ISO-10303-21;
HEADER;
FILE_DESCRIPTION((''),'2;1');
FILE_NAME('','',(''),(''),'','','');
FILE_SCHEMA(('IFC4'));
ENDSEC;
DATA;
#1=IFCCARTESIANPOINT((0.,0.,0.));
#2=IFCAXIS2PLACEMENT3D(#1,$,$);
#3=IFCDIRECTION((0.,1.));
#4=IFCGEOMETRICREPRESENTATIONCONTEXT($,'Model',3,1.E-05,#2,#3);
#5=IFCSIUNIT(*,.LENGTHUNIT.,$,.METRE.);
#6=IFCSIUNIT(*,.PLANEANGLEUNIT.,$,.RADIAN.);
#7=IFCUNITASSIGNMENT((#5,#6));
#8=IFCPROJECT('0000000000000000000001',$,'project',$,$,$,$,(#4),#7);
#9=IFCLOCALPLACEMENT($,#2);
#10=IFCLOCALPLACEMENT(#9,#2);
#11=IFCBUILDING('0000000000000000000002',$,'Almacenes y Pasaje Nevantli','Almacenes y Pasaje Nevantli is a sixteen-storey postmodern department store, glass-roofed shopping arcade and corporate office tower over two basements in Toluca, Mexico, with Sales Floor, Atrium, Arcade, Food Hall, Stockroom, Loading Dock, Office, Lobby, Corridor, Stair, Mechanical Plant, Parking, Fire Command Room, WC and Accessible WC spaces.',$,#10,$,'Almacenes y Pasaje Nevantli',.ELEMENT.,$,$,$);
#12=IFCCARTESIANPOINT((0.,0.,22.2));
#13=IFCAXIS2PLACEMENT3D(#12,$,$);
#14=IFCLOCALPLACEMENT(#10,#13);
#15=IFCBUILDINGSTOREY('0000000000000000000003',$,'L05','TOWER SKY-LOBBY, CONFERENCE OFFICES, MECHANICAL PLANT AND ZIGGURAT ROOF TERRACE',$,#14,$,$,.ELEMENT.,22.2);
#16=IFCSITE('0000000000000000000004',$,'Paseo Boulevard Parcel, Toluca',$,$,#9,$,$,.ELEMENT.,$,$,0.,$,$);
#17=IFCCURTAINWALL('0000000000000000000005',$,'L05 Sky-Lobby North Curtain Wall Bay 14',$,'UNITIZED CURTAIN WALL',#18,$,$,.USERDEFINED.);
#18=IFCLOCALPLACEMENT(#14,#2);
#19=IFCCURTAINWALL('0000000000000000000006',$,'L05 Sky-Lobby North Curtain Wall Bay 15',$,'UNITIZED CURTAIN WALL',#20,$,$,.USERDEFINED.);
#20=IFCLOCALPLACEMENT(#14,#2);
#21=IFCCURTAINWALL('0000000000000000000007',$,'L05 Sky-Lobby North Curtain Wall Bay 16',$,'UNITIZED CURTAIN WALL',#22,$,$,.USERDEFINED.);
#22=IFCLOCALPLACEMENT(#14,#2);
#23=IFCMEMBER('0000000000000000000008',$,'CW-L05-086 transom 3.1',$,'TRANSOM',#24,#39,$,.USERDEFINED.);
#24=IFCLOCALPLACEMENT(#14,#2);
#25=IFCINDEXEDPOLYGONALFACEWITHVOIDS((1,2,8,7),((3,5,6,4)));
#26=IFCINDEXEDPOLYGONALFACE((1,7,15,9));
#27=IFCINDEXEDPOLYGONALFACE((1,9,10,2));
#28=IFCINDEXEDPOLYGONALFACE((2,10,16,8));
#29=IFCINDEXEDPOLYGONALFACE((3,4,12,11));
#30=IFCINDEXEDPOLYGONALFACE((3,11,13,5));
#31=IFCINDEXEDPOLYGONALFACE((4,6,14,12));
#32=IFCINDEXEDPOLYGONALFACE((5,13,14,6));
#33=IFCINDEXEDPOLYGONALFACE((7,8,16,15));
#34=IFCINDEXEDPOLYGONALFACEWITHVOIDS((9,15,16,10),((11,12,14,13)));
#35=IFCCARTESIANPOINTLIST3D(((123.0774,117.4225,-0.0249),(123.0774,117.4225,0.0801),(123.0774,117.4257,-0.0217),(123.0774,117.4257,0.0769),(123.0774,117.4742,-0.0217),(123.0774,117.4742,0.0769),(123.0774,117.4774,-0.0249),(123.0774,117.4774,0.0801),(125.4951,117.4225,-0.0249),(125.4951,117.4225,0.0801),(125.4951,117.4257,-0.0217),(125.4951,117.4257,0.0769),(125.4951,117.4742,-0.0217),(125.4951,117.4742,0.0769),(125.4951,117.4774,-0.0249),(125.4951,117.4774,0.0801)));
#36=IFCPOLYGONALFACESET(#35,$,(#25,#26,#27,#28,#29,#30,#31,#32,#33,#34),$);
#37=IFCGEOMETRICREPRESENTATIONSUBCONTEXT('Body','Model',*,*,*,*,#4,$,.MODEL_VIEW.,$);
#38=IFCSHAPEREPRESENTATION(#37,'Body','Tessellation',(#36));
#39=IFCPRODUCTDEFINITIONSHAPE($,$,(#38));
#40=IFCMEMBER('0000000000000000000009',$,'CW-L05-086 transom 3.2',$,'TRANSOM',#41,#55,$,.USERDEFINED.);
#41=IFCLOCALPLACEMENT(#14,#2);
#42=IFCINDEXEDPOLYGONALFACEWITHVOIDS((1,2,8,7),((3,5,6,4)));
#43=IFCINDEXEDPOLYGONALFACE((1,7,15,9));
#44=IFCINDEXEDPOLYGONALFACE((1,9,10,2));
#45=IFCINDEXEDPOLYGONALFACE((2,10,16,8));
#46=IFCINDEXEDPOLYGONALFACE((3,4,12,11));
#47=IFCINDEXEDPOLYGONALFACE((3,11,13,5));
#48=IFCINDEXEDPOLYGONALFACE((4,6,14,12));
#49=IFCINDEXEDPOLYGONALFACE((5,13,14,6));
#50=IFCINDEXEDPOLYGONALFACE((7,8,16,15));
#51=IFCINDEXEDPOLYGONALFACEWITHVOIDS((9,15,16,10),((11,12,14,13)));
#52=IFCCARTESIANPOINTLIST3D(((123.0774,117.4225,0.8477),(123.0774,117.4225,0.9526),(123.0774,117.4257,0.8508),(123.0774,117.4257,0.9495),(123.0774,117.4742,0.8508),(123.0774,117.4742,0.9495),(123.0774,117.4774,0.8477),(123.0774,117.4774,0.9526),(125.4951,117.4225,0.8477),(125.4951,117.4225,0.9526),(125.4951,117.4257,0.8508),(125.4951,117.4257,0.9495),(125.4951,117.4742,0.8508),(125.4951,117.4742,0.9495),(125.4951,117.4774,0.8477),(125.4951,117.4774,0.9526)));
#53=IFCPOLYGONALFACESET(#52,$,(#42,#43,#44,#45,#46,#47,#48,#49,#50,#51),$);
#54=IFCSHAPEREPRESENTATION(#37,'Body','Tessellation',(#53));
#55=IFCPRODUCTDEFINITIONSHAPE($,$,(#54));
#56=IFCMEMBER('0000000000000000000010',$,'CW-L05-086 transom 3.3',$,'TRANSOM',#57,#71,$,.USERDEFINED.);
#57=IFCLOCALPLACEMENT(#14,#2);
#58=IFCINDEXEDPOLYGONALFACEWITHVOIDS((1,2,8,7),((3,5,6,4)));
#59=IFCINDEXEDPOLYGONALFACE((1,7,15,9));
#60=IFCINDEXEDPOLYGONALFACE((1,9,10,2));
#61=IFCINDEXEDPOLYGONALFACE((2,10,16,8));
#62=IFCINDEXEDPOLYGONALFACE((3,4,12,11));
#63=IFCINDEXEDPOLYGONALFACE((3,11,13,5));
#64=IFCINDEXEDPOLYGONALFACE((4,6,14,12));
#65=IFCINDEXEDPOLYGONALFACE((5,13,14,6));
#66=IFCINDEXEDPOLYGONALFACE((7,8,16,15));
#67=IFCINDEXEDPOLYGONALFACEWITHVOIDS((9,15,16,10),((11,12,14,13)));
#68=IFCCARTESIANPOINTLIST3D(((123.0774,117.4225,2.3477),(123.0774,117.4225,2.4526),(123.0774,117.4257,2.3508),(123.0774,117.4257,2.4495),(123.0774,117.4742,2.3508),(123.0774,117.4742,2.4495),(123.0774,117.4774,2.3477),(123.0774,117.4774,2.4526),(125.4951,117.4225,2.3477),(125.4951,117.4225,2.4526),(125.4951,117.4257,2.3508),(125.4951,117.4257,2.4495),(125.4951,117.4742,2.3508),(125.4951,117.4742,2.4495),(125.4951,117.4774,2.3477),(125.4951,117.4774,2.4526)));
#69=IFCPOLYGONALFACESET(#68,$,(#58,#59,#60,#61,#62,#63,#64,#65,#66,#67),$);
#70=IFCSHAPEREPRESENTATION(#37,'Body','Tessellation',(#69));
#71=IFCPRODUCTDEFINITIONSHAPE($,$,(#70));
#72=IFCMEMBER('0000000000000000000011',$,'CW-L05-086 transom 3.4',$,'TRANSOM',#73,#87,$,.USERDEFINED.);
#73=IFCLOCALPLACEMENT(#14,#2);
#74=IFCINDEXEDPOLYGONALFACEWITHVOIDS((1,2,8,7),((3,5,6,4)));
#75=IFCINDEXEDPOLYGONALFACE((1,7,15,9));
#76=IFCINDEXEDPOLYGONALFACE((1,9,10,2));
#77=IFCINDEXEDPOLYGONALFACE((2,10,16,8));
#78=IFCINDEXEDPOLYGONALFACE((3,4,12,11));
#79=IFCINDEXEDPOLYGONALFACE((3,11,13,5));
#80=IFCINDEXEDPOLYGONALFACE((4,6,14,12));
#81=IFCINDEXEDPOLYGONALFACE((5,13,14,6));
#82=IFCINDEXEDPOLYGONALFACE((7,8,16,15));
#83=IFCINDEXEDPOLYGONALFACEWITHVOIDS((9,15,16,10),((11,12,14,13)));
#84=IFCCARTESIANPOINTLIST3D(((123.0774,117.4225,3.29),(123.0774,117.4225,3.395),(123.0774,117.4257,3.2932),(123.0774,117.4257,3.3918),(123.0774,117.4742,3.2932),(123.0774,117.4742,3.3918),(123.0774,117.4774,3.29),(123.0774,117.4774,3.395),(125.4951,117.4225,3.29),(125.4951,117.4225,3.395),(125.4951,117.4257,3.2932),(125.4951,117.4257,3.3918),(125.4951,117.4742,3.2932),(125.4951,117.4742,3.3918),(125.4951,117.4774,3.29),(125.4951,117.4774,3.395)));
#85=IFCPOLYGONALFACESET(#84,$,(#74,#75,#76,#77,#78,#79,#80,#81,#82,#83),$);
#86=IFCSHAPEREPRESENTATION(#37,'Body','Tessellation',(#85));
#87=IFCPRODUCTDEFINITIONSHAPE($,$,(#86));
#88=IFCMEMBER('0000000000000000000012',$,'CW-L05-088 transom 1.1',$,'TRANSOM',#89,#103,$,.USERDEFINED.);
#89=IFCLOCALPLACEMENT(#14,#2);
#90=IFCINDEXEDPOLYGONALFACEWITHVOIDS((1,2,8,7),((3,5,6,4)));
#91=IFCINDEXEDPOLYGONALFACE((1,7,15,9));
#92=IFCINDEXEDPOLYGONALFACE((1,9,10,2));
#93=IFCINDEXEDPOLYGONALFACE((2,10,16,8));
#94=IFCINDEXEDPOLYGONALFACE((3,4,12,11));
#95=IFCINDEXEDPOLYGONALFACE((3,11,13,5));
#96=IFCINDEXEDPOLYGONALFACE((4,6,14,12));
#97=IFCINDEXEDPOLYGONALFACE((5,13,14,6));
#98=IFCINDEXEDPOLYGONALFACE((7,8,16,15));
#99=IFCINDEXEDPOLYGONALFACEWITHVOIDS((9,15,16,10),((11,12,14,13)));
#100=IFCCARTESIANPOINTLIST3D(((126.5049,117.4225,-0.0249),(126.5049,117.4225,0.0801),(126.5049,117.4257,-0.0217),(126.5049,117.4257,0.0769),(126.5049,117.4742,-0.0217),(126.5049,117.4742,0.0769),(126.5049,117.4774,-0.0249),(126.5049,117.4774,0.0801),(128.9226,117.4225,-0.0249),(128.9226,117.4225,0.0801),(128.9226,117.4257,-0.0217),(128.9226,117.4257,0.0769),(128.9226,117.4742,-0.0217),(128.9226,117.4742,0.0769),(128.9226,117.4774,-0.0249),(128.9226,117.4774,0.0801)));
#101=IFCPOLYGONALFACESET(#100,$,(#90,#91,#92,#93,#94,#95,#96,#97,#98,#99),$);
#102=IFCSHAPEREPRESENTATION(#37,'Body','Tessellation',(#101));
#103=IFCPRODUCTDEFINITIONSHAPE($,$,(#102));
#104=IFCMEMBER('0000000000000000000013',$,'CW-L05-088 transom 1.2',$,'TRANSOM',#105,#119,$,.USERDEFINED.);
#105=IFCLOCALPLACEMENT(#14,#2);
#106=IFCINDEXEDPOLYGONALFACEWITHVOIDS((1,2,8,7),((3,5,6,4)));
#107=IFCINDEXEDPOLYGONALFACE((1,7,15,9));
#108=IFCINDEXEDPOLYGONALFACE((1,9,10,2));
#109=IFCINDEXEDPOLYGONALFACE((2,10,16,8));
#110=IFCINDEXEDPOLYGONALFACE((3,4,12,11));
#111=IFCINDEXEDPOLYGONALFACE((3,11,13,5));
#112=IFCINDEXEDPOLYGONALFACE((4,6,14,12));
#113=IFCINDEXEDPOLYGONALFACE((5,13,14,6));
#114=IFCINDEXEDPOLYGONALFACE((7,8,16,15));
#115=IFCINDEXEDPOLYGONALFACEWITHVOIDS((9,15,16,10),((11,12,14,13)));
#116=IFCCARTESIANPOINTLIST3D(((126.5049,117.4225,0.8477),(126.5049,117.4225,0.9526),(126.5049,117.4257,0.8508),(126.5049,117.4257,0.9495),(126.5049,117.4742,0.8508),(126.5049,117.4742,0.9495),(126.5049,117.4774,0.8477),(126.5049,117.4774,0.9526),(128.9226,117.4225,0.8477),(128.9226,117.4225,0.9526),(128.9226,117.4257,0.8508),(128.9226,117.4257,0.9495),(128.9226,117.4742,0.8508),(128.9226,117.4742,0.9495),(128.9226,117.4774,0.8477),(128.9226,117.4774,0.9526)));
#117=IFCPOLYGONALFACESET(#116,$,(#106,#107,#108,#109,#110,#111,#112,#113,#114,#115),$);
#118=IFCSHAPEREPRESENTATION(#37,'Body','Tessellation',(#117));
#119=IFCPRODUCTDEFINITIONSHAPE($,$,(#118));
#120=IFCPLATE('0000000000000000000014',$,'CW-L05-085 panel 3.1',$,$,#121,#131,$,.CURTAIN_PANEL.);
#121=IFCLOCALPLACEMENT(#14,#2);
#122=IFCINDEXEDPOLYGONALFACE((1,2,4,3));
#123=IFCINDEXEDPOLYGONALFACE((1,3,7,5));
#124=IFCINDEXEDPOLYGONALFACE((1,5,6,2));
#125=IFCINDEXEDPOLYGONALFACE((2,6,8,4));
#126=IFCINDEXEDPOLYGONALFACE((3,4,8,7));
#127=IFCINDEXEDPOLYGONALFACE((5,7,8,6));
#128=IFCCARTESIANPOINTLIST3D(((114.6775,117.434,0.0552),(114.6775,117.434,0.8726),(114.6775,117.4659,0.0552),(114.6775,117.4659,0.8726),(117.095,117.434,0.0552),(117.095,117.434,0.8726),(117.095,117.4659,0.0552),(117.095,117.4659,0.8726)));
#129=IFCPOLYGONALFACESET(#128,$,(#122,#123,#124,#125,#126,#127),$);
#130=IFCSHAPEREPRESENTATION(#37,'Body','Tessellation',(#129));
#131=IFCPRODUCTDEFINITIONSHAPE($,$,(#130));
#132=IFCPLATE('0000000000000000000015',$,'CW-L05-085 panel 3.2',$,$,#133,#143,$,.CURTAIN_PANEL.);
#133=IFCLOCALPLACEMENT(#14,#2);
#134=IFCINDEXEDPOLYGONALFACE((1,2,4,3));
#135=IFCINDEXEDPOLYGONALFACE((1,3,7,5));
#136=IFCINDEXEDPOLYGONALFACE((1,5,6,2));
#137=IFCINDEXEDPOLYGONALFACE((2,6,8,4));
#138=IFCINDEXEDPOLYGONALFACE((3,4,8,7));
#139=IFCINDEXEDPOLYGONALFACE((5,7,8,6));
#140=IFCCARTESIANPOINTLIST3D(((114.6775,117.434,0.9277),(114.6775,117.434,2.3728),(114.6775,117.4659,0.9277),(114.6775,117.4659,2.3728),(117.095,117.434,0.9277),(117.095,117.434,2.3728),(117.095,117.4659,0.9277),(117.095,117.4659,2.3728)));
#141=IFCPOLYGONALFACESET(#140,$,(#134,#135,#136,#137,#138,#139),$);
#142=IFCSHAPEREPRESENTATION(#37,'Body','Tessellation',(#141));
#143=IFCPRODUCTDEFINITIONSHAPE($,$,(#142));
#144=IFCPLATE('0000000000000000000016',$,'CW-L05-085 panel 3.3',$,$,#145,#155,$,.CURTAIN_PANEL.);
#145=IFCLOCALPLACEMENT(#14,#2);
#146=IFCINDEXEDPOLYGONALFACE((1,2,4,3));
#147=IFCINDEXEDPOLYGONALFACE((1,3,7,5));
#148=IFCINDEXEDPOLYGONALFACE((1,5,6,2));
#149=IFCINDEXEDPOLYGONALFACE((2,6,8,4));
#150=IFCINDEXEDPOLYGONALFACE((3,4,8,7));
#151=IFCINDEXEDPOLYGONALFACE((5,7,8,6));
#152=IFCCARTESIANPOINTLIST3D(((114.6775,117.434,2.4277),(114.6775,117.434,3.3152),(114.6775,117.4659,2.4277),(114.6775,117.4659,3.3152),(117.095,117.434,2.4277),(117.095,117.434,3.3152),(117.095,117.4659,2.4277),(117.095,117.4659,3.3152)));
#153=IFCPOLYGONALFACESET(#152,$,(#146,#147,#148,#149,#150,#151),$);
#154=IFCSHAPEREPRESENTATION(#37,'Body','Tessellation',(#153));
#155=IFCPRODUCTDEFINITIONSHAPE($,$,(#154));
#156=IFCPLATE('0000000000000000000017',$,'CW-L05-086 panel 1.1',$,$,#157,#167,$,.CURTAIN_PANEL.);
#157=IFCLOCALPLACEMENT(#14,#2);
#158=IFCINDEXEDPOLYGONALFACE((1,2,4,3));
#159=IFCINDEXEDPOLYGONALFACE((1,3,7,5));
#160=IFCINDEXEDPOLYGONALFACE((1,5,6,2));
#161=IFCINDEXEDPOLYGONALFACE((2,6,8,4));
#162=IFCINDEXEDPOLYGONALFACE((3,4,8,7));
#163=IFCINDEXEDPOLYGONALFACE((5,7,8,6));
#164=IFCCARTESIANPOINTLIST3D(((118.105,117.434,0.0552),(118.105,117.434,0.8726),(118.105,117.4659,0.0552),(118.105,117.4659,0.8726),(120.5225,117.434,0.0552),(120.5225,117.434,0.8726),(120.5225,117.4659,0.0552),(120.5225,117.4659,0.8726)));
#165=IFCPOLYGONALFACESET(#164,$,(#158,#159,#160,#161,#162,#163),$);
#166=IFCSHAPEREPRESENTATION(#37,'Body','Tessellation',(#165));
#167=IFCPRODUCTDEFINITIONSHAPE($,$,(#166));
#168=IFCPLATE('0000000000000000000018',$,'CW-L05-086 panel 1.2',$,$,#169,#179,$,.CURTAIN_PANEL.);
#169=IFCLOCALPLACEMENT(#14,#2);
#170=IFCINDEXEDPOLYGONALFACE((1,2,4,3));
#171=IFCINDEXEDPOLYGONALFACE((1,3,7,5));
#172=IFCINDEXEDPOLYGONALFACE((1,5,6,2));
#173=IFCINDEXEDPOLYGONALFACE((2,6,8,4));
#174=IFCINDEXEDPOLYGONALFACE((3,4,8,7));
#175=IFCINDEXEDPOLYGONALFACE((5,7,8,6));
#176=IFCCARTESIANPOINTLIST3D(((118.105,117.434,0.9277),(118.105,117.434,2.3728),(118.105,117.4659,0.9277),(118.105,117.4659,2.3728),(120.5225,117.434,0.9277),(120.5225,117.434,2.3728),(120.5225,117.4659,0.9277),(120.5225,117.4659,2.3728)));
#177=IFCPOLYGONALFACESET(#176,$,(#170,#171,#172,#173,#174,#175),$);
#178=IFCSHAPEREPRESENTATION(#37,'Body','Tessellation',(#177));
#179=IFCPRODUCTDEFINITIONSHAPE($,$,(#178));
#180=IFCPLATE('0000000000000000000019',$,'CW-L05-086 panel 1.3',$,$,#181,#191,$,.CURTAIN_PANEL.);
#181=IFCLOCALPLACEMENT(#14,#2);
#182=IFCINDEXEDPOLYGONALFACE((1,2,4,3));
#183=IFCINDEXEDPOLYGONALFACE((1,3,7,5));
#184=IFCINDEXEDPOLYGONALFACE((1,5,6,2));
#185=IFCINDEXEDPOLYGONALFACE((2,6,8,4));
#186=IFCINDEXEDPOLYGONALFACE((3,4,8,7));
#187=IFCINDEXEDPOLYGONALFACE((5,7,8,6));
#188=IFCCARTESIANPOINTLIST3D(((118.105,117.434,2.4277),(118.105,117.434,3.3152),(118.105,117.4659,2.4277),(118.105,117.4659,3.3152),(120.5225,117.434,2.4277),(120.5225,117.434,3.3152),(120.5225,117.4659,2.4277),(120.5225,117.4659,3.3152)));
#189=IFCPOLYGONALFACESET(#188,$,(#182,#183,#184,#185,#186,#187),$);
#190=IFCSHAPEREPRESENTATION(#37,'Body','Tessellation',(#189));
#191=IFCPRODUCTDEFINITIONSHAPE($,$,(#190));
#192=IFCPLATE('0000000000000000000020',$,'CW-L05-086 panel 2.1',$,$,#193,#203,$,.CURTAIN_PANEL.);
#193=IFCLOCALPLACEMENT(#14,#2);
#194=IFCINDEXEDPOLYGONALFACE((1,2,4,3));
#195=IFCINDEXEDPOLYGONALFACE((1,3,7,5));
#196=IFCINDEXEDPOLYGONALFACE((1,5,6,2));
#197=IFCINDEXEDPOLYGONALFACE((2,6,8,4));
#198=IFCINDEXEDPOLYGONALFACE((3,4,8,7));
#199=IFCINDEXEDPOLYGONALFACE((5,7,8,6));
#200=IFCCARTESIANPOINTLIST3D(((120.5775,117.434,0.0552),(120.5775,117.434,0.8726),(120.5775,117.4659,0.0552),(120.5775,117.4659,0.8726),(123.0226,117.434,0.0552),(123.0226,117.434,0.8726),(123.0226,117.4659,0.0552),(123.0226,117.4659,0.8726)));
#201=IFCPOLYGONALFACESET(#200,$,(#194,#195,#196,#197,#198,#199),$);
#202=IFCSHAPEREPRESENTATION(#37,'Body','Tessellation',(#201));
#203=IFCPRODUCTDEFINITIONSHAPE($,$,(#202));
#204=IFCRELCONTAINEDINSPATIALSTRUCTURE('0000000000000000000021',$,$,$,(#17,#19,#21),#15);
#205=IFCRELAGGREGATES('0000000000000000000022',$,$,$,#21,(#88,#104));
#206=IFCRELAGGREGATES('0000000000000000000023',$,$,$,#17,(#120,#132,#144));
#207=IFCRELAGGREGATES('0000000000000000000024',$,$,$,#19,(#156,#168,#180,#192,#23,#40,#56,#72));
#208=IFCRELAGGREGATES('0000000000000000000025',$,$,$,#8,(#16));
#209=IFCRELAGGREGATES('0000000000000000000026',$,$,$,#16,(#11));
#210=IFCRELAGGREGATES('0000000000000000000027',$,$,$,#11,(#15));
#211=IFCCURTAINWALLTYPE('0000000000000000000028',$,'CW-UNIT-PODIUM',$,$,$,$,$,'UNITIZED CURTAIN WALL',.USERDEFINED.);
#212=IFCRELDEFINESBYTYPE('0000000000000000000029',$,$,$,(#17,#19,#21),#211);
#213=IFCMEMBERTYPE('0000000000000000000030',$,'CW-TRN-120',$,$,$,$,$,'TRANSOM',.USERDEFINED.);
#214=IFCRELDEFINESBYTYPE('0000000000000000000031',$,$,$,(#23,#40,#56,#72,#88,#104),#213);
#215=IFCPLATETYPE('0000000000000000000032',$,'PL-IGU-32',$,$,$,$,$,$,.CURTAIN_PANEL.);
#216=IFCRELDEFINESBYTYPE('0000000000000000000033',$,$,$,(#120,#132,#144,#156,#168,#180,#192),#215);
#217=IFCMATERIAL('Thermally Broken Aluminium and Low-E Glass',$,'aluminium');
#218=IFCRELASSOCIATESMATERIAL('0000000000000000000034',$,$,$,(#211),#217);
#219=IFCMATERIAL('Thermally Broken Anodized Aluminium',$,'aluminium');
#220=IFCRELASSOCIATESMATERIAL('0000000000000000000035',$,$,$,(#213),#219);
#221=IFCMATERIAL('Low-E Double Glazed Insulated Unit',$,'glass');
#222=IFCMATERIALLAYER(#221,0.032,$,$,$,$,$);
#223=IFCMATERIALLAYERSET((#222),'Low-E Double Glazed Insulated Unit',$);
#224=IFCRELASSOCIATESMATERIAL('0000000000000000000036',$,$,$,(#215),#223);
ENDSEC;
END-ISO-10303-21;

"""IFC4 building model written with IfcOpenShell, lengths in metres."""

from ifc_helpers import new_model, si_unit, direction, frame, origin, origin_2d, place, context, subcontext, project, spatial, rectangle, hollow_rectangle, extrude, material, layer, layer_set, material_profile, profile_set, type_object, element, aggregate, save


model = new_model("IFC4")

# Units and contexts
model_context = context("Model", 3, precision=1e-05, world=origin(), true_north=direction((0.0, 1.0)))
body_context = subcontext(model_context, "Body", "Model", "MODEL_VIEW")
ifc_project = project(units=[si_unit("LENGTHUNIT", "METRE"), si_unit("PLANEANGLEUNIT", "RADIAN")], contexts=[model_context])

# Site, building, storey
site_placement = place(None, origin())
site = spatial("IfcSite", under=ifc_project, at=site_placement, Name="Paseo Boulevard Parcel, Toluca", CompositionType="ELEMENT", RefElevation=0.0)
building_placement = place(site_placement, origin())
building = spatial("IfcBuilding", under=site, at=building_placement, Name="Almacenes y Pasaje Nevantli", Description="Almacenes y Pasaje Nevantli is a sixteen-storey postmodern department store, glass-roofed shopping arcade and corporate office tower over two basements in Toluca, Mexico, with Sales Floor, Atrium, Arcade, Food Hall, Stockroom, Loading Dock, Office, Lobby, Corridor, Stair, Mechanical Plant, Parking, Fire Command Room, WC and Accessible WC spaces.", LongName="Almacenes y Pasaje Nevantli", CompositionType="ELEMENT")
storey_placement = place(building_placement, frame((0.0, 0.0, 22.2)))
storey = spatial("IfcBuildingStorey", under=building, at=storey_placement, Name="L05", Description="TOWER SKY-LOBBY, CONFERENCE OFFICES, MECHANICAL PLANT AND ZIGGURAT ROOF TERRACE", CompositionType="ELEMENT", Elevation=22.2)

# Curtain wall
ifc_material_1 = material(Name="Thermally Broken Aluminium and Low-E Glass", Category="aluminium")
curtain_wall_type = type_object("IfcCurtainWallType", Name="CW-UNIT-PODIUM", ElementType="UNITIZED CURTAIN WALL", PredefinedType="USERDEFINED", material=ifc_material_1)
curtain_wall_1_placement = place(storey_placement, origin())
curtain_wall_1 = element("IfcCurtainWall", 1, at=curtain_wall_1_placement, inside=storey, type_object=curtain_wall_type, Name="L05 Sky-Lobby North Curtain Wall Bay 14", ObjectType="UNITIZED CURTAIN WALL", PredefinedType="USERDEFINED")

# Curtain wall
curtain_wall_2_placement = place(storey_placement, origin())
curtain_wall_2 = element("IfcCurtainWall", 2, at=curtain_wall_2_placement, inside=storey, type_object=curtain_wall_type, Name="L05 Sky-Lobby North Curtain Wall Bay 15", ObjectType="UNITIZED CURTAIN WALL", PredefinedType="USERDEFINED")

# Curtain wall
curtain_wall_3_placement = place(storey_placement, origin())
curtain_wall_3 = element("IfcCurtainWall", 3, at=curtain_wall_3_placement, inside=storey, type_object=curtain_wall_type, Name="L05 Sky-Lobby North Curtain Wall Bay 16", ObjectType="UNITIZED CURTAIN WALL", PredefinedType="USERDEFINED")

# Members
ifc_material_2 = material(Name="Thermally Broken Anodized Aluminium", Category="aluminium")
ifc_material_profile_1 = material_profile(ifc_material_2, hollow_rectangle(XDim=0.0549, YDim=0.105, WallThickness=0.0032, at=origin_2d()), Name="ALU-TRN-55x105")
ifc_profile_set_1 = profile_set([ifc_material_profile_1], Name="Thermally Broken Anodized Aluminium")
member_type_1 = type_object("IfcMemberType", Name="CW-TRN-120", ElementType="TRANSOM", PredefinedType="USERDEFINED", material=ifc_profile_set_1)
member_1_placement = place(storey_placement, frame((123.0774, 117.45, 0.0276), z_axis=(1.0, 0.0, 0.0), x_axis=(0.0, 1.0, 0.0)))
member_1 = element("IfcMember", 4, at=member_1_placement, type_object=member_type_1, Name="CW-L05-086 transom 3.1", ObjectType="TRANSOM", PredefinedType="USERDEFINED", context=body_context, shape_type="SweptSolid", body=[
    extrude(hollow_rectangle(XDim=0.0549, YDim=0.105, WallThickness=0.0032, at=origin_2d()), origin(), (0.0, 0.0, 1.0), 2.4177),
])
member_2_placement = place(storey_placement, frame((123.0774, 117.45, 0.9001), z_axis=(1.0, 0.0, 0.0), x_axis=(0.0, 1.0, 0.0)))
member_2 = element("IfcMember", 5, at=member_2_placement, type_object=member_type_1, Name="CW-L05-086 transom 3.2", ObjectType="TRANSOM", PredefinedType="USERDEFINED", context=body_context, shape_type="SweptSolid", body=[
    extrude(hollow_rectangle(XDim=0.0549, YDim=0.105, WallThickness=0.0032, at=origin_2d()), origin(), (0.0, 0.0, 1.0), 2.4177),
])
member_3_placement = place(storey_placement, frame((123.0774, 117.45, 2.4001), z_axis=(1.0, 0.0, 0.0), x_axis=(0.0, 1.0, 0.0)))
member_3 = element("IfcMember", 6, at=member_3_placement, type_object=member_type_1, Name="CW-L05-086 transom 3.3", ObjectType="TRANSOM", PredefinedType="USERDEFINED", context=body_context, shape_type="SweptSolid", body=[
    extrude(hollow_rectangle(XDim=0.0549, YDim=0.105, WallThickness=0.0032, at=origin_2d()), origin(), (0.0, 0.0, 1.0), 2.4177),
])
member_4_placement = place(storey_placement, frame((123.0774, 117.45, 3.3425), z_axis=(1.0, 0.0, 0.0), x_axis=(0.0, 1.0, 0.0)))
member_4 = element("IfcMember", 7, at=member_4_placement, type_object=member_type_1, Name="CW-L05-086 transom 3.4", ObjectType="TRANSOM", PredefinedType="USERDEFINED", context=body_context, shape_type="SweptSolid", body=[
    extrude(hollow_rectangle(XDim=0.0549, YDim=0.105, WallThickness=0.0032, at=origin_2d()), origin(), (0.0, 0.0, 1.0), 2.4177),
])
member_5_placement = place(storey_placement, frame((126.5049, 117.45, 0.0276), z_axis=(1.0, 0.0, 0.0), x_axis=(0.0, 1.0, 0.0)))
member_5 = element("IfcMember", 8, at=member_5_placement, type_object=member_type_1, Name="CW-L05-088 transom 1.1", ObjectType="TRANSOM", PredefinedType="USERDEFINED", context=body_context, shape_type="SweptSolid", body=[
    extrude(hollow_rectangle(XDim=0.0549, YDim=0.105, WallThickness=0.0032, at=origin_2d()), origin(), (0.0, 0.0, 1.0), 2.4177),
])
member_6_placement = place(storey_placement, frame((126.5049, 117.45, 0.9001), z_axis=(1.0, 0.0, 0.0), x_axis=(0.0, 1.0, 0.0)))
member_6 = element("IfcMember", 9, at=member_6_placement, type_object=member_type_1, Name="CW-L05-088 transom 1.2", ObjectType="TRANSOM", PredefinedType="USERDEFINED", context=body_context, shape_type="SweptSolid", body=[
    extrude(hollow_rectangle(XDim=0.0549, YDim=0.105, WallThickness=0.0032, at=origin_2d()), origin(), (0.0, 0.0, 1.0), 2.4177),
])
aggregate(curtain_wall_3, [member_5, member_6])

# Plates
ifc_material_3 = material(Name="Low-E Double Glazed Insulated Unit", Category="glass")
ifc_layer = layer(ifc_material_3, 0.032)
ifc_layer_set = layer_set([ifc_layer], Name="Low-E Double Glazed Insulated Unit")
plate_type = type_object("IfcPlateType", Name="PL-IGU-32", PredefinedType="CURTAIN_PANEL", material=ifc_layer_set)
plate_1_placement = place(storey_placement, frame((115.8862, 117.45, 0.0552), z_axis=(0.0, 0.0, 1.0), x_axis=(1.0, 0.0, 0.0)))
plate_1 = element("IfcPlate", 10, at=plate_1_placement, type_object=plate_type, Name="CW-L05-085 panel 3.1", PredefinedType="CURTAIN_PANEL", context=body_context, shape_type="SweptSolid", body=[
    extrude(rectangle(XDim=2.4175, YDim=0.032, at=origin_2d()), origin(), (0.0, 0.0, 1.0), 0.8174),
])
plate_2_placement = place(storey_placement, frame((115.8862, 117.45, 0.9277), z_axis=(0.0, 0.0, 1.0), x_axis=(1.0, 0.0, 0.0)))
plate_2 = element("IfcPlate", 11, at=plate_2_placement, type_object=plate_type, Name="CW-L05-085 panel 3.2", PredefinedType="CURTAIN_PANEL", context=body_context, shape_type="SweptSolid", body=[
    extrude(rectangle(XDim=2.4175, YDim=0.032, at=origin_2d()), origin(), (0.0, 0.0, 1.0), 1.4451),
])
plate_3_placement = place(storey_placement, frame((115.8862, 117.45, 2.4277), z_axis=(0.0, 0.0, 1.0), x_axis=(1.0, 0.0, 0.0)))
plate_3 = element("IfcPlate", 12, at=plate_3_placement, type_object=plate_type, Name="CW-L05-085 panel 3.3", PredefinedType="CURTAIN_PANEL", context=body_context, shape_type="SweptSolid", body=[
    extrude(rectangle(XDim=2.4175, YDim=0.032, at=origin_2d()), origin(), (0.0, 0.0, 1.0), 0.8875),
])
aggregate(curtain_wall_1, [plate_1, plate_2, plate_3])
plate_4_placement = place(storey_placement, frame((119.3137, 117.45, 0.0552), z_axis=(0.0, 0.0, 1.0), x_axis=(1.0, 0.0, 0.0)))
plate_4 = element("IfcPlate", 13, at=plate_4_placement, type_object=plate_type, Name="CW-L05-086 panel 1.1", PredefinedType="CURTAIN_PANEL", context=body_context, shape_type="SweptSolid", body=[
    extrude(rectangle(XDim=2.4175, YDim=0.032, at=origin_2d()), origin(), (0.0, 0.0, 1.0), 0.8174),
])
plate_5_placement = place(storey_placement, frame((119.3137, 117.45, 0.9277), z_axis=(0.0, 0.0, 1.0), x_axis=(1.0, 0.0, 0.0)))
plate_5 = element("IfcPlate", 14, at=plate_5_placement, type_object=plate_type, Name="CW-L05-086 panel 1.2", PredefinedType="CURTAIN_PANEL", context=body_context, shape_type="SweptSolid", body=[
    extrude(rectangle(XDim=2.4175, YDim=0.032, at=origin_2d()), origin(), (0.0, 0.0, 1.0), 1.4451),
])
plate_6_placement = place(storey_placement, frame((119.3137, 117.45, 2.4277), z_axis=(0.0, 0.0, 1.0), x_axis=(1.0, 0.0, 0.0)))
plate_6 = element("IfcPlate", 15, at=plate_6_placement, type_object=plate_type, Name="CW-L05-086 panel 1.3", PredefinedType="CURTAIN_PANEL", context=body_context, shape_type="SweptSolid", body=[
    extrude(rectangle(XDim=2.4175, YDim=0.032, at=origin_2d()), origin(), (0.0, 0.0, 1.0), 0.8875),
])
plate_7_placement = place(storey_placement, frame((121.8, 117.45, 0.0552), z_axis=(0.0, 0.0, 1.0), x_axis=(1.0, 0.0, 0.0)))
plate_7 = element("IfcPlate", 16, at=plate_7_placement, type_object=plate_type, Name="CW-L05-086 panel 2.1", PredefinedType="CURTAIN_PANEL", context=body_context, shape_type="SweptSolid", body=[
    extrude(rectangle(XDim=2.4451, YDim=0.032, at=origin_2d()), origin(), (0.0, 0.0, 1.0), 0.8174),
])
aggregate(curtain_wall_2, [plate_4, plate_5, plate_6, plate_7, member_1, member_2, member_3, member_4])

save(model, "model.ifc")
